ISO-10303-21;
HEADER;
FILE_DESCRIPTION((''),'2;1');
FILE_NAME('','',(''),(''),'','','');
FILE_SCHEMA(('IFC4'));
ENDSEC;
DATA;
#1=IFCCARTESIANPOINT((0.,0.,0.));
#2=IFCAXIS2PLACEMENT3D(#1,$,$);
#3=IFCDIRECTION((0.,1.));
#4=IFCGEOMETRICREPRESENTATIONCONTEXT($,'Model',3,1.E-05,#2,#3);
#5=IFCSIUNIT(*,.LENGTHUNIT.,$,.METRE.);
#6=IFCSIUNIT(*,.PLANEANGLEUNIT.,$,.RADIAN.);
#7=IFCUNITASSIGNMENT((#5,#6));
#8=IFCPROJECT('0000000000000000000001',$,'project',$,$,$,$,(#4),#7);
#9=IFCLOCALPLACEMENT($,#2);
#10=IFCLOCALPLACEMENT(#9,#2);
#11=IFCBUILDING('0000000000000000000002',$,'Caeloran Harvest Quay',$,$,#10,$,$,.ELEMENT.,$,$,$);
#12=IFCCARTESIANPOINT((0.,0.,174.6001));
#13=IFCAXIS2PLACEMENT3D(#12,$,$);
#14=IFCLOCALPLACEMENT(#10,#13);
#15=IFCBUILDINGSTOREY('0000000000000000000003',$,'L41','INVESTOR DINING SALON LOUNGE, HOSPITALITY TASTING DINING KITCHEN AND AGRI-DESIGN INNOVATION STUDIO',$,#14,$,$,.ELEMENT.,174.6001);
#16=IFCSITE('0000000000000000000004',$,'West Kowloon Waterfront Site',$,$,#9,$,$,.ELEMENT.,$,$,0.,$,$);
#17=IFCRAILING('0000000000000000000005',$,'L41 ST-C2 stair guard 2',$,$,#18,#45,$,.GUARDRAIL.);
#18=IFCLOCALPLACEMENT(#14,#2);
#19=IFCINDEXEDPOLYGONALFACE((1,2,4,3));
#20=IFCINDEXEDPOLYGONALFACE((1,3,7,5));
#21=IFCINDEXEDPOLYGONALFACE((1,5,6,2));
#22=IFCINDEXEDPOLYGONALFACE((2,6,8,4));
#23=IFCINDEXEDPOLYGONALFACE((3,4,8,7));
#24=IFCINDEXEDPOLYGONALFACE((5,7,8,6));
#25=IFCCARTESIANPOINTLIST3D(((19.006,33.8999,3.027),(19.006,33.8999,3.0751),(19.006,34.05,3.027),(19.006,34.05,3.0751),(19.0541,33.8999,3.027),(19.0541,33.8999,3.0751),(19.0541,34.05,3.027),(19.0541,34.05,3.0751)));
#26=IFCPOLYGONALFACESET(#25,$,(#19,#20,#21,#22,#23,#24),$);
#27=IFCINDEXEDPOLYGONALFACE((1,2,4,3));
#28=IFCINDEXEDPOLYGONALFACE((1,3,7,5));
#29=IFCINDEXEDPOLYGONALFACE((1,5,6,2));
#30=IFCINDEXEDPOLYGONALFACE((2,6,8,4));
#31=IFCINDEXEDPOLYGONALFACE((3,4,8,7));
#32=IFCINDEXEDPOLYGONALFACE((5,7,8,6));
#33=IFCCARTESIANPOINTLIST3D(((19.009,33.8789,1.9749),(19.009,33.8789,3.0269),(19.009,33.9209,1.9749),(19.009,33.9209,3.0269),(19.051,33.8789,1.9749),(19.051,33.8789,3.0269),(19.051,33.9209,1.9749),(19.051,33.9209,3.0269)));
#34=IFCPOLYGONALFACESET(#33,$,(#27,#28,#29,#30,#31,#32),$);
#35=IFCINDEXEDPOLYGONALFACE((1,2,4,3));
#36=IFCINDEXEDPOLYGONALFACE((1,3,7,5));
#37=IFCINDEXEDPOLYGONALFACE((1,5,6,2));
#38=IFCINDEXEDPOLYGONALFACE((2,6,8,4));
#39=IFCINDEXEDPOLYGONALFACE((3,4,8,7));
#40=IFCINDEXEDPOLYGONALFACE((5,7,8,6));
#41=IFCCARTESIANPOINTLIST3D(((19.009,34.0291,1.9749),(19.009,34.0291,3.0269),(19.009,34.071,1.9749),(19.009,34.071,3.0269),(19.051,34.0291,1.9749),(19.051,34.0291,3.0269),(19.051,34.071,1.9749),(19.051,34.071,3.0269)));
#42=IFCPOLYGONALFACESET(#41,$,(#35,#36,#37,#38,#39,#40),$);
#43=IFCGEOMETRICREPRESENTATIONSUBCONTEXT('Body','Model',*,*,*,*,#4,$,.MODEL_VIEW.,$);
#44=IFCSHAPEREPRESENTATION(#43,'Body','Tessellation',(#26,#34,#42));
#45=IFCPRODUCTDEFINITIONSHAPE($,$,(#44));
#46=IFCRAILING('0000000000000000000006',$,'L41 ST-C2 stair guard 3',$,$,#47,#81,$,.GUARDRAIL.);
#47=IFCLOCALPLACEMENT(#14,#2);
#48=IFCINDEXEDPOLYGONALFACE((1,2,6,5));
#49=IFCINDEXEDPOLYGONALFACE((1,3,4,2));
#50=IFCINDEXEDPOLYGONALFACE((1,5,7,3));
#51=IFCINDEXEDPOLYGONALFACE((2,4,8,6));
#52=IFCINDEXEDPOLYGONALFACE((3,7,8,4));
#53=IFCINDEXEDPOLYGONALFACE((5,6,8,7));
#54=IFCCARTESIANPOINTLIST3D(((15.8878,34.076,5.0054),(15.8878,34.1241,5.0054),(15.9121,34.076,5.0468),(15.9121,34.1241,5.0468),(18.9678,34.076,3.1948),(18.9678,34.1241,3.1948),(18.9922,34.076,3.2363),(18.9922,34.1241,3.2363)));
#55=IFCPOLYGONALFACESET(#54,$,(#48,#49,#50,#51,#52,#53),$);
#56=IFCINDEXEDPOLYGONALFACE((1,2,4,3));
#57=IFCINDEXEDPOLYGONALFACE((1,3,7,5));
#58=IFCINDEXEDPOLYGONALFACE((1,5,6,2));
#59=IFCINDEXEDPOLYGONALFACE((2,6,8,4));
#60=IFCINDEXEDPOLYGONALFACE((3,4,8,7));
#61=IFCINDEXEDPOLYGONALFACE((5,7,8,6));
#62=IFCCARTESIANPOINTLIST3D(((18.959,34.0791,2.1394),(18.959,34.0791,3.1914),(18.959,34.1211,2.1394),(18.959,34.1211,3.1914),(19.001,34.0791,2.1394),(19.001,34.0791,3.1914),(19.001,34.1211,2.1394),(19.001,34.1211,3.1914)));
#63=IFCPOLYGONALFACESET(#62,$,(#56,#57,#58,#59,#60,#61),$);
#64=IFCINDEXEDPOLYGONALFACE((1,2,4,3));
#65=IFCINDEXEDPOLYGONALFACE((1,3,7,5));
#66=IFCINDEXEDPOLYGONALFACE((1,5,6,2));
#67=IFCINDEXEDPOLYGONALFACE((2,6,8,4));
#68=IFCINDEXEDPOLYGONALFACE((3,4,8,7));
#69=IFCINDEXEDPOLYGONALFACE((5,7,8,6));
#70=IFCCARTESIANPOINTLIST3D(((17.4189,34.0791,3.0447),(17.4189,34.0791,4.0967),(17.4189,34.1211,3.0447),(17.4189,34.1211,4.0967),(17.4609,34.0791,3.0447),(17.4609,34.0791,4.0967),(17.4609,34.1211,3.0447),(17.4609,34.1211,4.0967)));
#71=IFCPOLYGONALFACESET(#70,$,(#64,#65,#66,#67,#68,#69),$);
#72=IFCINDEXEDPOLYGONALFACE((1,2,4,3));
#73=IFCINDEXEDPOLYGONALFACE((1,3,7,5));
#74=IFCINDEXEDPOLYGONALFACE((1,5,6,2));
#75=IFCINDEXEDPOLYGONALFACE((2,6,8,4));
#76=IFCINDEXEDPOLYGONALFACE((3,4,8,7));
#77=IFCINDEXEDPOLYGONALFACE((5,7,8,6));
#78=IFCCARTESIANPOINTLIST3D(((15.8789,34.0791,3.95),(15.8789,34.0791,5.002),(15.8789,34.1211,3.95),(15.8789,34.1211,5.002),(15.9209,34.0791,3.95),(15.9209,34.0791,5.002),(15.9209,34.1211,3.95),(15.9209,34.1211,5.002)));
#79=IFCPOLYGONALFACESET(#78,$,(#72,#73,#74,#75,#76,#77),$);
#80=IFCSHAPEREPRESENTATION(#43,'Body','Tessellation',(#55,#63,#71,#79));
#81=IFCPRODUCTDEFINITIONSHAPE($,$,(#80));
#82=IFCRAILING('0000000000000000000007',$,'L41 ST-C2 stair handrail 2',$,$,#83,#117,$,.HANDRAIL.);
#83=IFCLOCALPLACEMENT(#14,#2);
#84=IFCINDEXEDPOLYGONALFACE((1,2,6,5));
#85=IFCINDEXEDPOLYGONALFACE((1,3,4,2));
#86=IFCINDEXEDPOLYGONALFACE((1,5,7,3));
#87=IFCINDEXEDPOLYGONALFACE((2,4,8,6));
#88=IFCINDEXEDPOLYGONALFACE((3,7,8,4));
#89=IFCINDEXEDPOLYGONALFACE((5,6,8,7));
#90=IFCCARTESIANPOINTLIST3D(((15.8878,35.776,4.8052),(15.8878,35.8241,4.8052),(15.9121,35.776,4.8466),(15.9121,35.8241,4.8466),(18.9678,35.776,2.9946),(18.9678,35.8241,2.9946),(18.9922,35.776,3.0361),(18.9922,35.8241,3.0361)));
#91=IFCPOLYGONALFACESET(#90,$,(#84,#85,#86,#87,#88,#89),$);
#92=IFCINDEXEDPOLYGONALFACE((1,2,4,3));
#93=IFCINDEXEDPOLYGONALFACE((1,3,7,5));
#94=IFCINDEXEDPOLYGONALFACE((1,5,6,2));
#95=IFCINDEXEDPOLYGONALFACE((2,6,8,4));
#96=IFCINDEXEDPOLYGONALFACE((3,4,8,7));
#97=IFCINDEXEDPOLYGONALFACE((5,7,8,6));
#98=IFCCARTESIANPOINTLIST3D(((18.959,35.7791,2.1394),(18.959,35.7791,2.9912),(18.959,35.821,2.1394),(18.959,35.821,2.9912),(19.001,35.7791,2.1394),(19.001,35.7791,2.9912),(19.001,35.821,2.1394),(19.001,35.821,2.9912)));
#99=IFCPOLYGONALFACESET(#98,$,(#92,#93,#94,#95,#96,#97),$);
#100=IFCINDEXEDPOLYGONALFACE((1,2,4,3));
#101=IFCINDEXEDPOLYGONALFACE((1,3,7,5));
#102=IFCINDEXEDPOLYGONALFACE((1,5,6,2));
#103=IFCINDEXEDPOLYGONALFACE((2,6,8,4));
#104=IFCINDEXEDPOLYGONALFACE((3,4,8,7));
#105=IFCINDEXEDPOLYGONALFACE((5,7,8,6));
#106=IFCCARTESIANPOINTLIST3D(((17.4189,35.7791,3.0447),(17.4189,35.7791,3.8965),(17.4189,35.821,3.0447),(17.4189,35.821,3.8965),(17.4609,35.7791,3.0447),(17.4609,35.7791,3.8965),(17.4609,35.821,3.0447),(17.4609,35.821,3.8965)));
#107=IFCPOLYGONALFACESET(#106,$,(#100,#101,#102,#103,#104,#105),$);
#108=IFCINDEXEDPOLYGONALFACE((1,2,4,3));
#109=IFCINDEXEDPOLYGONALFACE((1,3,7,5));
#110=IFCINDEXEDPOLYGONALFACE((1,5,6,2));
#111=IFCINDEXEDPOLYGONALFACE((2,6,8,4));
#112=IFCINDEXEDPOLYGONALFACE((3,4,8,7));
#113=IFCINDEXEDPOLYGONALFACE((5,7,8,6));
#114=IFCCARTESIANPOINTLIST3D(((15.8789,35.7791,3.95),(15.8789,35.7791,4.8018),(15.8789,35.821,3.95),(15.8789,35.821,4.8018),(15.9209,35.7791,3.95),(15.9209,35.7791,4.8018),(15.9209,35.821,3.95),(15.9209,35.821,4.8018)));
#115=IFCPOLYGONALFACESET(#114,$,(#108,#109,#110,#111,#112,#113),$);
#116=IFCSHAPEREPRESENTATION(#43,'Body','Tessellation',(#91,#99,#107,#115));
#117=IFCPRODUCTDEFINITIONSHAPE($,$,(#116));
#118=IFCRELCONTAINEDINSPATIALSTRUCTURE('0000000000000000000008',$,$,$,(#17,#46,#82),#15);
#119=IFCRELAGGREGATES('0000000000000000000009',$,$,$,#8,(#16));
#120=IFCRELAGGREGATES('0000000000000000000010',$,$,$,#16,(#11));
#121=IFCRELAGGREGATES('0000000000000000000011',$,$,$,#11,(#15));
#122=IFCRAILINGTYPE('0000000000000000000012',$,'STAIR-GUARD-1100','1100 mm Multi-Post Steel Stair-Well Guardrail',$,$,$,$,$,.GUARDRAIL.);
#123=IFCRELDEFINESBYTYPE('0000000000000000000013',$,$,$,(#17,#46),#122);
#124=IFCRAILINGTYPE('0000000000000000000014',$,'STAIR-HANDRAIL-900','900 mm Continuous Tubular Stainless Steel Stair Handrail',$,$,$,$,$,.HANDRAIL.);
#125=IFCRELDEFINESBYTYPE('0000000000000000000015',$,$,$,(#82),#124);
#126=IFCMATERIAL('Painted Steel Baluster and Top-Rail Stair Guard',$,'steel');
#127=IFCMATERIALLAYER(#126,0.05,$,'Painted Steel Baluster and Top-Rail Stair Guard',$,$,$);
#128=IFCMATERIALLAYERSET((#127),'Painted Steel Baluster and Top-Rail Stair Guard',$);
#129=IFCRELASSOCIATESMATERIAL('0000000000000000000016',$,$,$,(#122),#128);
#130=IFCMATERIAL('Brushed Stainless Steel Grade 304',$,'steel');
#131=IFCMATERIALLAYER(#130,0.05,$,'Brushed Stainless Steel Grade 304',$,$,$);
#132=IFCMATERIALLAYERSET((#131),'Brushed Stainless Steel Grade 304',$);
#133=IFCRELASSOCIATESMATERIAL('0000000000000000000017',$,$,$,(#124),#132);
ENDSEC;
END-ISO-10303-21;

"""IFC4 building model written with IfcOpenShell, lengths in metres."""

from ifc_helpers import new_model, si_unit, direction, frame, origin, origin_2d, place, context, subcontext, project, spatial, rectangle, extrude, material, layer, layer_set, type_object, element, save


model = new_model("IFC4")

# Units and contexts
model_context = context("Model", 3, precision=1e-05, world=origin(), true_north=direction((0.0, 1.0)))
body_context = subcontext(model_context, "Body", "Model", "MODEL_VIEW")
ifc_project = project(units=[si_unit("LENGTHUNIT", "METRE"), si_unit("PLANEANGLEUNIT", "RADIAN")], contexts=[model_context])

# Site, building, storey
site_placement = place(None, origin())
site = spatial("IfcSite", under=ifc_project, at=site_placement, Name="West Kowloon Waterfront Site", CompositionType="ELEMENT", RefElevation=0.0)
building_placement = place(site_placement, origin())
building = spatial("IfcBuilding", under=site, at=building_placement, Name="Caeloran Harvest Quay", CompositionType="ELEMENT")
storey_placement = place(building_placement, frame((0.0, 0.0, 174.6001)))
storey = spatial("IfcBuildingStorey", under=building, at=storey_placement, Name="L41", Description="INVESTOR DINING SALON LOUNGE, HOSPITALITY TASTING DINING KITCHEN AND AGRI-DESIGN INNOVATION STUDIO", CompositionType="ELEMENT", Elevation=174.6001)

# Railings
ifc_material_1 = material(Name="Painted Steel Baluster and Top-Rail Stair Guard", Category="steel")
ifc_layer_1 = layer(ifc_material_1, 0.05, Name="Painted Steel Baluster and Top-Rail Stair Guard")
ifc_layer_set_1 = layer_set([ifc_layer_1], Name="Painted Steel Baluster and Top-Rail Stair Guard")
railing_type_1 = type_object("IfcRailingType", Name="STAIR-GUARD-1100", Description="1100 mm Multi-Post Steel Stair-Well Guardrail", PredefinedType="GUARDRAIL", material=ifc_layer_set_1)
railing_1_placement = place(storey_placement, frame((19.03, 33.8999, 1.9749)))
element("IfcRailing", 1, at=railing_1_placement, inside=storey, type_object=railing_type_1, Name="L41 ST-C2 stair guard 2", PredefinedType="GUARDRAIL", context=body_context, shape_type="SweptSolid", body=[
    extrude(rectangle(XDim=0.0481, YDim=0.0481, at=origin_2d()), frame((0.0, 0.0, 1.0762), z_axis=(0.0, 1.0, 0.0), x_axis=(-1.0, 0.0, 0.0)), (0.0, 0.0, 1.0), 0.1501),
    extrude(rectangle(XDim=0.042, YDim=0.042, at=origin_2d()), origin(), (0.0, 0.0, 1.0), 1.052),
    extrude(rectangle(XDim=0.042, YDim=0.042, at=origin_2d()), frame((0.0, 0.1501, 0.0)), (0.0, 0.0, 1.0), 1.052),
])
railing_2_placement = place(storey_placement, frame((18.98, 34.1001, 2.1394)))
element("IfcRailing", 2, at=railing_2_placement, inside=storey, type_object=railing_type_1, Name="L41 ST-C2 stair guard 3", PredefinedType="GUARDRAIL", context=body_context, shape_type="SweptSolid", body=[
    extrude(rectangle(XDim=0.0481, YDim=0.0481, at=origin_2d()), frame((0.0, 0.0, 1.0762), z_axis=(-0.862089, 0.0, 0.506757), x_axis=(0.0, -1.0, 0.0)), (0.0, 0.0, 1.0), 3.5728),
    extrude(rectangle(XDim=0.042, YDim=0.042, at=origin_2d()), origin(), (0.0, 0.0, 1.0), 1.052),
    extrude(rectangle(XDim=0.042, YDim=0.042, at=origin_2d()), frame((-1.54, 0.0, 0.9053)), (0.0, 0.0, 1.0), 1.052),
    extrude(rectangle(XDim=0.042, YDim=0.042, at=origin_2d()), frame((-3.0801, 0.0, 1.8105)), (0.0, 0.0, 1.0), 1.052),
])
ifc_material_2 = material(Name="Brushed Stainless Steel Grade 304", Category="steel")
ifc_layer_2 = layer(ifc_material_2, 0.05, Name="Brushed Stainless Steel Grade 304")
ifc_layer_set_2 = layer_set([ifc_layer_2], Name="Brushed Stainless Steel Grade 304")
railing_type_2 = type_object("IfcRailingType", Name="STAIR-HANDRAIL-900", Description="900 mm Continuous Tubular Stainless Steel Stair Handrail", PredefinedType="HANDRAIL", material=ifc_layer_set_2)
railing_3_placement = place(storey_placement, frame((18.98, 35.8, 2.1394)))
element("IfcRailing", 3, at=railing_3_placement, inside=storey, type_object=railing_type_2, Name="L41 ST-C2 stair handrail 2", PredefinedType="HANDRAIL", context=body_context, shape_type="SweptSolid", body=[
    extrude(rectangle(XDim=0.0481, YDim=0.0481, at=origin_2d()), frame((0.0, 0.0, 0.876), z_axis=(-0.862089, 0.0, 0.506757), x_axis=(0.0, -1.0, 0.0)), (0.0, 0.0, 1.0), 3.5728),
    extrude(rectangle(XDim=0.042, YDim=0.042, at=origin_2d()), origin(), (0.0, 0.0, 1.0), 0.8518),
    extrude(rectangle(XDim=0.042, YDim=0.042, at=origin_2d()), frame((-1.54, 0.0, 0.9053)), (0.0, 0.0, 1.0), 0.8518),
    extrude(rectangle(XDim=0.042, YDim=0.042, at=origin_2d()), frame((-3.0801, 0.0, 1.8105)), (0.0, 0.0, 1.0), 0.8518),
])

save(model, "model.ifc")
